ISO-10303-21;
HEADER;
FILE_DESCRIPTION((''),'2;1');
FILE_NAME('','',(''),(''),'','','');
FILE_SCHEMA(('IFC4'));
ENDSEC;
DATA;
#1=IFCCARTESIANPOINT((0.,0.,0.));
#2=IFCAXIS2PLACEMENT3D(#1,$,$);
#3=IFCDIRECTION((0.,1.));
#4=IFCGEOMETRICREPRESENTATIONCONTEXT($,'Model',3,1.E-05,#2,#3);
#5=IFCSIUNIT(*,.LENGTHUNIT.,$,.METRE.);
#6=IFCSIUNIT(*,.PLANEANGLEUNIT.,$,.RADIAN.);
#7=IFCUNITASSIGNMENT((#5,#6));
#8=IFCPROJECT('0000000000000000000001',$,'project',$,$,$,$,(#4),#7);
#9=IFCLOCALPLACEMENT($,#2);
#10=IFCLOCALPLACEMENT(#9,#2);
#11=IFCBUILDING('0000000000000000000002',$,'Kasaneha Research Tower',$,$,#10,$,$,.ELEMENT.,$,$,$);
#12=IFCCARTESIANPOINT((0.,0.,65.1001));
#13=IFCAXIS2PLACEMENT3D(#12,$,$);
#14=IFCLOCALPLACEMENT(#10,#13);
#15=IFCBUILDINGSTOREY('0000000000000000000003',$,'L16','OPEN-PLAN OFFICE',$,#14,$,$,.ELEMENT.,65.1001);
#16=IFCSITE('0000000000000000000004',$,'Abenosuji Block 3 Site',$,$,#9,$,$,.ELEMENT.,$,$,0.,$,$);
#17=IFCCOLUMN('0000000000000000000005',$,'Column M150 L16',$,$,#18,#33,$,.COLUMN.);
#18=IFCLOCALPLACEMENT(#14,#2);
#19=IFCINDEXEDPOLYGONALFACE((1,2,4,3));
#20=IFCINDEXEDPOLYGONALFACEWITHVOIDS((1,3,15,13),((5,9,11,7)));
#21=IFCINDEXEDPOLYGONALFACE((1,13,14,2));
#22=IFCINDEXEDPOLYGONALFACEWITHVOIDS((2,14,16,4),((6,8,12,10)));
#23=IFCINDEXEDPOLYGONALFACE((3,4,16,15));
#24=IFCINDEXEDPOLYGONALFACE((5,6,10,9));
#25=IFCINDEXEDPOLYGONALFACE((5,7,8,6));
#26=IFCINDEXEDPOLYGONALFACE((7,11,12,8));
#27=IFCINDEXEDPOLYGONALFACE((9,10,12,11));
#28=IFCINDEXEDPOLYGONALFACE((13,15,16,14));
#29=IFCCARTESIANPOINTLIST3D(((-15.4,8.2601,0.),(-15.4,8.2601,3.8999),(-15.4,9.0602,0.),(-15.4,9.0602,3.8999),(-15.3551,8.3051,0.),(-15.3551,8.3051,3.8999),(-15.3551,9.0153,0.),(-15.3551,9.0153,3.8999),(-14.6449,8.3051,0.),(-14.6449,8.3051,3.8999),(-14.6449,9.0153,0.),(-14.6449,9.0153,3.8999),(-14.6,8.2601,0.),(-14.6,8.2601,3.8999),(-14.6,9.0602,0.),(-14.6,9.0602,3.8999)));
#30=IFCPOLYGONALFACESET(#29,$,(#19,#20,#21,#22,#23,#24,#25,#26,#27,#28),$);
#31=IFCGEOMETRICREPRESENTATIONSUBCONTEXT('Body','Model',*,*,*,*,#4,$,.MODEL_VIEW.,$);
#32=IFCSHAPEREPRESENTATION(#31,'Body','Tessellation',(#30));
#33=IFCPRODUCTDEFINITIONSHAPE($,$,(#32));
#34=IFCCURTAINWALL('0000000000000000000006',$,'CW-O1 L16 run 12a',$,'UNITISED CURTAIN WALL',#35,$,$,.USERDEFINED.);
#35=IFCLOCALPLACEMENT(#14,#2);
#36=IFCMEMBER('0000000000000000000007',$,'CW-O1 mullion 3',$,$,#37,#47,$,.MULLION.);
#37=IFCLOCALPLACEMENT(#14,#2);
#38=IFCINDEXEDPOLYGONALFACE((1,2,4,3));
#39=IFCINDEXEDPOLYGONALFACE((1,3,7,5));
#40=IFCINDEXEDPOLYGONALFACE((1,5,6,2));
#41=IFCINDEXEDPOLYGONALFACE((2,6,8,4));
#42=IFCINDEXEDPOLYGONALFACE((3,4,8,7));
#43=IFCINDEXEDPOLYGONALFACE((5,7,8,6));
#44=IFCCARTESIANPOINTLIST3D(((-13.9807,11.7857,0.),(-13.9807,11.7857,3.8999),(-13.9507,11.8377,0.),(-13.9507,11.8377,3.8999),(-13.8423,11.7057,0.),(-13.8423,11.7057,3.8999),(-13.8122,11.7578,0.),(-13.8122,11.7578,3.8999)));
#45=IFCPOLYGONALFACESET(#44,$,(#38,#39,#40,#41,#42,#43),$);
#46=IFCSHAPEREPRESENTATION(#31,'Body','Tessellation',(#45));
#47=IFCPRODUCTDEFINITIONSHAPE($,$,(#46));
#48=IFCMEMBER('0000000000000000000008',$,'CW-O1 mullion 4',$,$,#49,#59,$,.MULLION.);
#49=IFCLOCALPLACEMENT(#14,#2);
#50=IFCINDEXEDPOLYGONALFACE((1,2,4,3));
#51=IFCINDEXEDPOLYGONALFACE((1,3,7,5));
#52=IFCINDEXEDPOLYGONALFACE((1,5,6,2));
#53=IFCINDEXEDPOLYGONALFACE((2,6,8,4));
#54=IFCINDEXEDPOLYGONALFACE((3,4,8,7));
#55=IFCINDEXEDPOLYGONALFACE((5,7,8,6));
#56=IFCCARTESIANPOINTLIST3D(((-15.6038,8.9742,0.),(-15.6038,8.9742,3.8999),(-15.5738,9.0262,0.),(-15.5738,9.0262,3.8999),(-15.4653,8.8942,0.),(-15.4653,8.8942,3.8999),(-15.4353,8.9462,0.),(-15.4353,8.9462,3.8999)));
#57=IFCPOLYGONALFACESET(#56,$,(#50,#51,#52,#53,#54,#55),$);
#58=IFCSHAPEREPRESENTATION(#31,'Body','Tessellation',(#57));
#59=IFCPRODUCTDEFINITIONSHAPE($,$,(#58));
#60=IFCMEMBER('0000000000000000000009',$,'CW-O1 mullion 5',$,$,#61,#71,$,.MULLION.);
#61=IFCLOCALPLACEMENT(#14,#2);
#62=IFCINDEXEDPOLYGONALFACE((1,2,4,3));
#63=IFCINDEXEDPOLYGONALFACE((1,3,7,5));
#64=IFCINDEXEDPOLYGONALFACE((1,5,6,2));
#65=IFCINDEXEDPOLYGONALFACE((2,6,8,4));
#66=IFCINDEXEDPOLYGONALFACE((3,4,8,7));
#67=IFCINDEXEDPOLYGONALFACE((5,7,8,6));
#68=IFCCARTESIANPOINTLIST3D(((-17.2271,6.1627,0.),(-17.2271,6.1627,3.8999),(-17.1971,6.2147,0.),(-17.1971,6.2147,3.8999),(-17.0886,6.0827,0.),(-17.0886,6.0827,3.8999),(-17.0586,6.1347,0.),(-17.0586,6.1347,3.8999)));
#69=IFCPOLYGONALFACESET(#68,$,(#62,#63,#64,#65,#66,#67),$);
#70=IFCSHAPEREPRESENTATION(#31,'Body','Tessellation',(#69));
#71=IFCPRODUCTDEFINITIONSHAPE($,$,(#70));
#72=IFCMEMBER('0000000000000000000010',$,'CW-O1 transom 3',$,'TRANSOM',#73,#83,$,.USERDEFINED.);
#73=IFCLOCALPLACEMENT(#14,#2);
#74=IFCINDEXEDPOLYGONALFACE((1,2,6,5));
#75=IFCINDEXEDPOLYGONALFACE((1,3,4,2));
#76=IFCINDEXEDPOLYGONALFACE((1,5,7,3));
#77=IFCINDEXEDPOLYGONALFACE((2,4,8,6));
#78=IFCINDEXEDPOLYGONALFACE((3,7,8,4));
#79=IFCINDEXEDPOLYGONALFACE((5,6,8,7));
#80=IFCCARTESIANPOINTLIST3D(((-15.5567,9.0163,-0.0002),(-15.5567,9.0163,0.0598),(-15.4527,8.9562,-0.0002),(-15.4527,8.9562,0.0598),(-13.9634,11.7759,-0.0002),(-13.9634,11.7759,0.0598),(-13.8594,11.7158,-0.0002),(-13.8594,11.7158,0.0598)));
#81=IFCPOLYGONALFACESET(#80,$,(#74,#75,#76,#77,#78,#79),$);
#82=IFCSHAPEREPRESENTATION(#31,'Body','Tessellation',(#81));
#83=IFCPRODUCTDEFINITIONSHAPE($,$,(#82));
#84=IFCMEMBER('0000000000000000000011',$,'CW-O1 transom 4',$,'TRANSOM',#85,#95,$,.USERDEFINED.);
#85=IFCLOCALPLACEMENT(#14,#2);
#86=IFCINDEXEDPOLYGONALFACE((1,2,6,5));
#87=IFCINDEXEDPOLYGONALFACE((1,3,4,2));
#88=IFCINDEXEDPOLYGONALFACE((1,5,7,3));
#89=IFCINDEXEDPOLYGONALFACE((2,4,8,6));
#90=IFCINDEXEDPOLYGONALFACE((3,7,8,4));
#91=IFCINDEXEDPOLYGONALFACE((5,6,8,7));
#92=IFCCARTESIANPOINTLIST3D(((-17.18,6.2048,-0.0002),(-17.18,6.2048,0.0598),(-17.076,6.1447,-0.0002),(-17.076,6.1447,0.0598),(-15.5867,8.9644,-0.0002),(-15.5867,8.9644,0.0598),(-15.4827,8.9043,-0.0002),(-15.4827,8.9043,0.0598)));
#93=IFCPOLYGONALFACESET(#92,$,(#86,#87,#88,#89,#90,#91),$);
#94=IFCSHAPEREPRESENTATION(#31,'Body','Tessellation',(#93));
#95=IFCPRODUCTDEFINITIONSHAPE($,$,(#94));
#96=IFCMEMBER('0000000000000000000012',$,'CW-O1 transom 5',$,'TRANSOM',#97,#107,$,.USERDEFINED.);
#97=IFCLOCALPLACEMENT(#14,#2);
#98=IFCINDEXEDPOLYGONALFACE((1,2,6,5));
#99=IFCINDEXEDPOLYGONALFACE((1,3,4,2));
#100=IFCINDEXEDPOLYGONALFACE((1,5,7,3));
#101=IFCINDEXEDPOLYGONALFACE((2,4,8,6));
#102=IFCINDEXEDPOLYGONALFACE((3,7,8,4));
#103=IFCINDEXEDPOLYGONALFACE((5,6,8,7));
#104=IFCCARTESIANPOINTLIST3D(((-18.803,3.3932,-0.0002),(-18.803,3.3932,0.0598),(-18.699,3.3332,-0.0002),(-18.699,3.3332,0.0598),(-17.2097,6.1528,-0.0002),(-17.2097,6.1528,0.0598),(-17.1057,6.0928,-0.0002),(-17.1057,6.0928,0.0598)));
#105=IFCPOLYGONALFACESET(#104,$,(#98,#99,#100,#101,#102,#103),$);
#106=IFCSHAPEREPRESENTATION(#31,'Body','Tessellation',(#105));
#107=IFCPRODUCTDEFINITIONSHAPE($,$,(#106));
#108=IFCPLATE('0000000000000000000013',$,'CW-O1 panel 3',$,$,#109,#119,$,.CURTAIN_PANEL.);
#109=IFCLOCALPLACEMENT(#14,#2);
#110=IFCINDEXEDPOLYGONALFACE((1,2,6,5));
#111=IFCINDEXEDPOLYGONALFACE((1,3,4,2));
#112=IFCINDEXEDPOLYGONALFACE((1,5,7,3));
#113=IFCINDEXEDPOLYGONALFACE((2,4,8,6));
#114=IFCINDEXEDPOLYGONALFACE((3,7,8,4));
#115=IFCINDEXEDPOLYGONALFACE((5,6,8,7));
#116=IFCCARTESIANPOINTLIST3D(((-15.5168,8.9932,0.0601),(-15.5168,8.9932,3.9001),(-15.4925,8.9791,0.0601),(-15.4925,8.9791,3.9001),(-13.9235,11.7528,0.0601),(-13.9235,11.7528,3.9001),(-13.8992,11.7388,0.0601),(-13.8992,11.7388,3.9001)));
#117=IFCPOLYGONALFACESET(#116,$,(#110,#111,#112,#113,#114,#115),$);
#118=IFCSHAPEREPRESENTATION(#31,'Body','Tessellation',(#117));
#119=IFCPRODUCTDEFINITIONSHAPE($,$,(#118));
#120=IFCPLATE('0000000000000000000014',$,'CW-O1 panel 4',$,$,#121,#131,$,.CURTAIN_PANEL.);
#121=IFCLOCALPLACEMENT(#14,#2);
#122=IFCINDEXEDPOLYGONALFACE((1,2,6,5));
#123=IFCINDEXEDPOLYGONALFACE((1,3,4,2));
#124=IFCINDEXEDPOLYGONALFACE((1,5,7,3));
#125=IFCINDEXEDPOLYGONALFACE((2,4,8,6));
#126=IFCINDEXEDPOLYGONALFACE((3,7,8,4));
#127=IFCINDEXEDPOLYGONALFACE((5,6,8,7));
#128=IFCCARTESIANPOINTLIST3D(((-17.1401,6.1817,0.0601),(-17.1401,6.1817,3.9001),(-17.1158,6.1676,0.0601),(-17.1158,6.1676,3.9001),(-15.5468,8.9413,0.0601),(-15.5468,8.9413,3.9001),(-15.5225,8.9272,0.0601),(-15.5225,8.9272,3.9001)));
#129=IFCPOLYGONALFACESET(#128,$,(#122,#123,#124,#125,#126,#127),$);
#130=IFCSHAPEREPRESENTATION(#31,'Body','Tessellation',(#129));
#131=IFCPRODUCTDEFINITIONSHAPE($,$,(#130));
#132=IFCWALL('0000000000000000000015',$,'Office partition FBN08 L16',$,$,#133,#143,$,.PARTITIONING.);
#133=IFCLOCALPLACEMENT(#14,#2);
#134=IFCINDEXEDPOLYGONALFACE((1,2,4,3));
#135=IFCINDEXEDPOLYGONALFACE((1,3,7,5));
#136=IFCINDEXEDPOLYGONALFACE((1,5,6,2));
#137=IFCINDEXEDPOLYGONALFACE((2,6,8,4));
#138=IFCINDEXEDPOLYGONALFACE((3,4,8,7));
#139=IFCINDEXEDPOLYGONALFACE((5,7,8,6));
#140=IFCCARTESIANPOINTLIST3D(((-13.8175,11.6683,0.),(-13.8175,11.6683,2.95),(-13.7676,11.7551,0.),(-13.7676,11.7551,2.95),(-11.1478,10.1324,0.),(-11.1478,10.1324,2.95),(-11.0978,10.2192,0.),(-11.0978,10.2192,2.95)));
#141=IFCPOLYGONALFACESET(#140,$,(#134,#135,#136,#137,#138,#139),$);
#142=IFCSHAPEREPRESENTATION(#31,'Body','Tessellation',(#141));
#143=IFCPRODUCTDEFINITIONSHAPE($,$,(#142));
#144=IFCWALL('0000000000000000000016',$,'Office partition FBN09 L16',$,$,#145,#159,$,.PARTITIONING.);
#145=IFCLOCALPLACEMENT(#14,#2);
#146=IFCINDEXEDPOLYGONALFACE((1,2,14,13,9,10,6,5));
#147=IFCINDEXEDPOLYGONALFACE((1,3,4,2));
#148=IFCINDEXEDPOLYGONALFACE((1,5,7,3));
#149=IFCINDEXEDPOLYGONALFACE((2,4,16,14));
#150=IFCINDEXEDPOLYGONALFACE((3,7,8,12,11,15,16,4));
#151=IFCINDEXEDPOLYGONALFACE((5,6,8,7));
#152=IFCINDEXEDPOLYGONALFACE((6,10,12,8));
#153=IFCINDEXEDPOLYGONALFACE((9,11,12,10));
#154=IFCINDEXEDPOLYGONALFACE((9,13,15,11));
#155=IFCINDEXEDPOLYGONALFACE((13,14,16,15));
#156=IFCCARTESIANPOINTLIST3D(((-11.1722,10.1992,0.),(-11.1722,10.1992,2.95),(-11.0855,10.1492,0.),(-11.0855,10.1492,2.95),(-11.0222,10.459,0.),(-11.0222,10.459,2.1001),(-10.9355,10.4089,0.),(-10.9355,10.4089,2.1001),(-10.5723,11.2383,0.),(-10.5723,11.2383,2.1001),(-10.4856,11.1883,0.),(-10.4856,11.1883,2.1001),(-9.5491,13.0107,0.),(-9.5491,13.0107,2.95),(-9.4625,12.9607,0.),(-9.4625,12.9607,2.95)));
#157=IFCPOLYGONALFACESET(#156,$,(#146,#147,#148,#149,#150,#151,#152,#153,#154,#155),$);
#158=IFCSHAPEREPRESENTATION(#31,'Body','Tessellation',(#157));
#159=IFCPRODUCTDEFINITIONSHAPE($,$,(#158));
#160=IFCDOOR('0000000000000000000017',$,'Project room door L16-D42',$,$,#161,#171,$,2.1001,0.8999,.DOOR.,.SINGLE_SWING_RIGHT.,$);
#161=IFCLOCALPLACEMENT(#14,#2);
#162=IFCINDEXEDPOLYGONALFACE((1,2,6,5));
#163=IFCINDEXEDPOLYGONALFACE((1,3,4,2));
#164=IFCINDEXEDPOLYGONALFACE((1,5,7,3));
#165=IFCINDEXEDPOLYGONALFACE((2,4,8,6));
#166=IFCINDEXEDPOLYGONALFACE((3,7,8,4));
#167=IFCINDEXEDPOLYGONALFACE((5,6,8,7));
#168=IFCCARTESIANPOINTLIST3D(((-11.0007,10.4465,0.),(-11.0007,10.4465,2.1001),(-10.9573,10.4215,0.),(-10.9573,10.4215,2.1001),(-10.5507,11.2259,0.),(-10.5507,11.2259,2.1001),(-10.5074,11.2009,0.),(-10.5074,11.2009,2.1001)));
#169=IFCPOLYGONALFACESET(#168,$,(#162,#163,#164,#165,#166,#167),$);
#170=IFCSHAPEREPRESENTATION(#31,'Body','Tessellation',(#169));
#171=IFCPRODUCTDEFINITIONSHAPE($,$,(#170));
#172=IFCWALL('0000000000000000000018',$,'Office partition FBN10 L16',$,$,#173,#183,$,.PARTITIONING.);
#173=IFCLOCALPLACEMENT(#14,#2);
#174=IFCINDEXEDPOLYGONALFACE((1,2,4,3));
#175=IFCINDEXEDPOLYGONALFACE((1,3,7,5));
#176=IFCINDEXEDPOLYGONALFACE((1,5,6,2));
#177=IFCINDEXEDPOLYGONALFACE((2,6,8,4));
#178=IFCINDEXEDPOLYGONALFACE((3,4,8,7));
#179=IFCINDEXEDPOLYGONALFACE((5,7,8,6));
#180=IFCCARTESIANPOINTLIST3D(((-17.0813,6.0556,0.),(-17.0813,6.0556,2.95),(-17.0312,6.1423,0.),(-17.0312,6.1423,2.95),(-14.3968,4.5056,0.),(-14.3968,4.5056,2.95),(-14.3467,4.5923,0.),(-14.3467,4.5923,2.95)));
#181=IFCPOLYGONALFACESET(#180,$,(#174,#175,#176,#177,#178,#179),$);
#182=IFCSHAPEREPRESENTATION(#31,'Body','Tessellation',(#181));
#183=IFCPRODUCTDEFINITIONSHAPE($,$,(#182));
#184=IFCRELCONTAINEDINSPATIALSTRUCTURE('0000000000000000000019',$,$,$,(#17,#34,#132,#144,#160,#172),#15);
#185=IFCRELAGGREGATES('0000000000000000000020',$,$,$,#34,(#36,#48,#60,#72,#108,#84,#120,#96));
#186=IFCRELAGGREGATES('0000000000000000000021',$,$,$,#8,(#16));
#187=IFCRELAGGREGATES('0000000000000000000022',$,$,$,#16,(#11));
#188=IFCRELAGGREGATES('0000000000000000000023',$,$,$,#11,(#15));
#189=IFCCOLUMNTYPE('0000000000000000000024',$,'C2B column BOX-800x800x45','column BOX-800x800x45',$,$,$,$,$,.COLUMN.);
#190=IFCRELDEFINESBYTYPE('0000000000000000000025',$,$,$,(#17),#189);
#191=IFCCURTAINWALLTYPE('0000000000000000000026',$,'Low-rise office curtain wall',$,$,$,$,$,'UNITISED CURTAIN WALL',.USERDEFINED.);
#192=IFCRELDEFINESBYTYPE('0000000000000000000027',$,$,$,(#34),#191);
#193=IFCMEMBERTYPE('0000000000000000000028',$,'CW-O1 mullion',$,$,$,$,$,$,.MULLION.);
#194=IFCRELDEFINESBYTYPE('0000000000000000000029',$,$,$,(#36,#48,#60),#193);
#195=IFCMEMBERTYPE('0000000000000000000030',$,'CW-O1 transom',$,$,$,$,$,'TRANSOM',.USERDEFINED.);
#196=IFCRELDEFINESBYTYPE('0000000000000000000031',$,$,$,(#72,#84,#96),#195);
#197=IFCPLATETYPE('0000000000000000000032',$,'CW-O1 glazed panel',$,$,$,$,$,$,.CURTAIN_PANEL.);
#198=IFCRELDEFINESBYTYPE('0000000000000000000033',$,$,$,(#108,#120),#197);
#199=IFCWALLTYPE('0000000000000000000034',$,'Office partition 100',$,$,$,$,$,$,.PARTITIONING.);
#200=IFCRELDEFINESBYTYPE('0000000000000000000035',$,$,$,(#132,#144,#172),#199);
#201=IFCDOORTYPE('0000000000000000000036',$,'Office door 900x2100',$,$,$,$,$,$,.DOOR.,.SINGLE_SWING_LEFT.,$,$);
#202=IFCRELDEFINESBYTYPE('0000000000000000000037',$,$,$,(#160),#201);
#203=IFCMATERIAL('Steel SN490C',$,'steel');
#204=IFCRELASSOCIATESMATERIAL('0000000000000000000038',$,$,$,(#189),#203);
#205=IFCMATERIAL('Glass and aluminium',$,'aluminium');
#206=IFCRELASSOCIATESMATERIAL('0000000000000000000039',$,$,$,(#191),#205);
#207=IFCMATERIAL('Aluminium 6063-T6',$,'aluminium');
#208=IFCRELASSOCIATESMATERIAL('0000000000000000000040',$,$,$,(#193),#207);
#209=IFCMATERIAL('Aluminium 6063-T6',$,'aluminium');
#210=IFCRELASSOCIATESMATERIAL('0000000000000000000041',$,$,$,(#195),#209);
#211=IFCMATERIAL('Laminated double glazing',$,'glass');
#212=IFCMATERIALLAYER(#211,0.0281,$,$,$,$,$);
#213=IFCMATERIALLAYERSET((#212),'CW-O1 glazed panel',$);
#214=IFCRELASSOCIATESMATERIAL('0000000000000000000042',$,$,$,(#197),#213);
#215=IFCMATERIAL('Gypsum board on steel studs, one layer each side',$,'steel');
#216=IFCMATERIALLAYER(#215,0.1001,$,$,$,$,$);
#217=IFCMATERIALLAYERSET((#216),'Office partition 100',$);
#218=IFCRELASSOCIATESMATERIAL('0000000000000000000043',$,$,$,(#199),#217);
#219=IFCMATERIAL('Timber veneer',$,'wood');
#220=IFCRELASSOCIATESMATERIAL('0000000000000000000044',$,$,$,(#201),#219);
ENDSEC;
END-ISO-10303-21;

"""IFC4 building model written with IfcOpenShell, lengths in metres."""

from ifc_helpers import new_model, si_unit, direction, frame, frame_2d, origin, origin_2d, place, context, subcontext, project, spatial, rectangle, hollow_rectangle, extrude, material, layer, layer_set, material_profile, profile_set, type_object, element, fill, aggregate, save


model = new_model("IFC4")

# Units and contexts
model_context = context("Model", 3, precision=1e-05, world=origin(), true_north=direction((0.0, 1.0)))
body_context = subcontext(model_context, "Body", "Model", "MODEL_VIEW")
ifc_project = project(units=[si_unit("LENGTHUNIT", "METRE"), si_unit("PLANEANGLEUNIT", "RADIAN")], contexts=[model_context])

# Site, building, storey
site_placement = place(None, origin())
site = spatial("IfcSite", under=ifc_project, at=site_placement, Name="Abenosuji Block 3 Site", CompositionType="ELEMENT", RefElevation=0.0)
building_placement = place(site_placement, origin())
building = spatial("IfcBuilding", under=site, at=building_placement, Name="Kasaneha Research Tower", CompositionType="ELEMENT")
storey_placement = place(building_placement, frame((0.0, 0.0, 65.1001)))
storey = spatial("IfcBuildingStorey", under=building, at=storey_placement, Name="L16", Description="OPEN-PLAN OFFICE", CompositionType="ELEMENT", Elevation=65.1001)

# Column
ifc_material_1 = material(Name="Steel SN490C", Category="steel")
ifc_material_profile_1 = material_profile(ifc_material_1, hollow_rectangle(XDim=0.8, YDim=0.8, WallThickness=0.0449, at=origin_2d()), Name="BOX-800x800x45")
ifc_profile_set_1 = profile_set([ifc_material_profile_1], Name="Steel SN490C")
column_type = type_object("IfcColumnType", Name="C2B column BOX-800x800x45", Description="column BOX-800x800x45", PredefinedType="COLUMN", material=ifc_profile_set_1)
column_placement = place(storey_placement, frame((-15.0, 8.6602, 0.0), z_axis=(0.0, 0.0, 1.0), x_axis=(1.0, 0.0, 0.0)))
element("IfcColumn", 1, at=column_placement, inside=storey, type_object=column_type, Name="Column M150 L16", PredefinedType="COLUMN", context=body_context, shape_type="SweptSolid", body=[
    extrude(hollow_rectangle(XDim=0.8, YDim=0.8, WallThickness=0.0449, at=origin_2d()), origin(), (0.0, 0.0, 1.0), 3.8999),
])

# Curtain wall, members, plates
ifc_material_2 = material(Name="Glass and aluminium", Category="aluminium")
curtain_wall_type = type_object("IfcCurtainWallType", Name="Low-rise office curtain wall", ElementType="UNITISED CURTAIN WALL", PredefinedType="USERDEFINED", material=ifc_material_2)
curtain_wall_placement = place(storey_placement, origin())
curtain_wall = element("IfcCurtainWall", 2, at=curtain_wall_placement, inside=storey, type_object=curtain_wall_type, Name="CW-O1 L16 run 12a", ObjectType="UNITISED CURTAIN WALL", PredefinedType="USERDEFINED")
ifc_material_3 = material(Name="Aluminium 6063-T6", Category="aluminium")
ifc_material_profile_2 = material_profile(ifc_material_3, rectangle(XDim=0.0601, YDim=0.1599, at=origin_2d()), Name="CW-O1 mullion 60x160")
ifc_profile_set_2 = profile_set([ifc_material_profile_2], Name="Aluminium 6063-T6")
member_type_1 = type_object("IfcMemberType", Name="CW-O1 mullion", PredefinedType="MULLION", material=ifc_profile_set_2)
member_1_placement = place(storey_placement, frame((-13.8965, 11.7717, 0.0), z_axis=(0.0, 0.0, 1.0), x_axis=(-0.5, -0.866025, 0.0)))
member_1 = element("IfcMember", 3, at=member_1_placement, type_object=member_type_1, Name="CW-O1 mullion 3", PredefinedType="MULLION", context=body_context, shape_type="SweptSolid", body=[
    extrude(rectangle(XDim=0.0601, YDim=0.1599, at=origin_2d()), origin(), (0.0, 0.0, 1.0), 3.8999),
])
member_2_placement = place(storey_placement, frame((-15.5195, 8.9602, 0.0), z_axis=(0.0, 0.0, 1.0), x_axis=(-0.5, -0.866025, 0.0)))
member_2 = element("IfcMember", 4, at=member_2_placement, type_object=member_type_1, Name="CW-O1 mullion 4", PredefinedType="MULLION", context=body_context, shape_type="SweptSolid", body=[
    extrude(rectangle(XDim=0.0601, YDim=0.1599, at=origin_2d()), origin(), (0.0, 0.0, 1.0), 3.8999),
])
member_3_placement = place(storey_placement, frame((-17.1428, 6.1487, 0.0), z_axis=(0.0, 0.0, 1.0), x_axis=(-0.5, -0.866025, 0.0)))
member_3 = element("IfcMember", 5, at=member_3_placement, type_object=member_type_1, Name="CW-O1 mullion 5", PredefinedType="MULLION", context=body_context, shape_type="SweptSolid", body=[
    extrude(rectangle(XDim=0.0601, YDim=0.1599, at=origin_2d()), origin(), (0.0, 0.0, 1.0), 3.8999),
])
ifc_material_4 = material(Name="Aluminium 6063-T6", Category="aluminium")
ifc_material_profile_3 = material_profile(ifc_material_4, rectangle(XDim=0.1201, YDim=0.0601, at=origin_2d()), Name="CW-O1 transom 120x60")
ifc_profile_set_3 = profile_set([ifc_material_profile_3], Name="Aluminium 6063-T6")
member_type_2 = type_object("IfcMemberType", Name="CW-O1 transom", ElementType="TRANSOM", PredefinedType="USERDEFINED", material=ifc_profile_set_3)
member_4_placement = place(storey_placement, frame((-13.9114, 11.7458, 0.0298), z_axis=(-0.500012, -0.866018, 0.0), x_axis=(0.866018, -0.500012, 0.0)))
member_4 = element("IfcMember", 6, at=member_4_placement, type_object=member_type_2, Name="CW-O1 transom 3", ObjectType="TRANSOM", PredefinedType="USERDEFINED", context=body_context, shape_type="SweptSolid", body=[
    extrude(rectangle(XDim=0.1201, YDim=0.0601, at=origin_2d()), origin(), (0.0, 0.0, 1.0), 3.1865),
])
member_5_placement = place(storey_placement, frame((-15.5347, 8.9343, 0.0298), z_axis=(-0.500012, -0.866018, 0.0), x_axis=(0.866018, -0.500012, 0.0)))
member_5 = element("IfcMember", 7, at=member_5_placement, type_object=member_type_2, Name="CW-O1 transom 4", ObjectType="TRANSOM", PredefinedType="USERDEFINED", context=body_context, shape_type="SweptSolid", body=[
    extrude(rectangle(XDim=0.1201, YDim=0.0601, at=origin_2d()), origin(), (0.0, 0.0, 1.0), 3.1865),
])
member_6_placement = place(storey_placement, frame((-17.1577, 6.1228, 0.0298), z_axis=(-0.500012, -0.866018, 0.0), x_axis=(0.866018, -0.500012, 0.0)))
member_6 = element("IfcMember", 8, at=member_6_placement, type_object=member_type_2, Name="CW-O1 transom 5", ObjectType="TRANSOM", PredefinedType="USERDEFINED", context=body_context, shape_type="SweptSolid", body=[
    extrude(rectangle(XDim=0.1201, YDim=0.0601, at=origin_2d()), origin(), (0.0, 0.0, 1.0), 3.1865),
])
ifc_material_5 = material(Name="Laminated double glazing", Category="glass")
ifc_layer_1 = layer(ifc_material_5, 0.0281)
ifc_layer_set_1 = layer_set([ifc_layer_1], Name="CW-O1 glazed panel")
plate_type = type_object("IfcPlateType", Name="CW-O1 glazed panel", PredefinedType="CURTAIN_PANEL", material=ifc_layer_set_1)
plate_1_placement = place(storey_placement, frame((-14.708, 10.366, 0.0601), z_axis=(0.0, 0.0, 1.0), x_axis=(-0.5, -0.866025, 0.0)))
plate_1 = element("IfcPlate", 9, at=plate_1_placement, type_object=plate_type, Name="CW-O1 panel 3", PredefinedType="CURTAIN_PANEL", context=body_context, shape_type="SweptSolid", body=[
    extrude(rectangle(XDim=3.1865, YDim=0.0281, at=origin_2d()), origin(), (0.0, 0.0, 1.0), 3.8401),
])
plate_2_placement = place(storey_placement, frame((-16.3313, 7.5544, 0.0601), z_axis=(0.0, 0.0, 1.0), x_axis=(-0.5, -0.866025, 0.0)))
plate_2 = element("IfcPlate", 10, at=plate_2_placement, type_object=plate_type, Name="CW-O1 panel 4", PredefinedType="CURTAIN_PANEL", context=body_context, shape_type="SweptSolid", body=[
    extrude(rectangle(XDim=3.1865, YDim=0.0281, at=origin_2d()), origin(), (0.0, 0.0, 1.0), 3.8401),
])
aggregate(curtain_wall, [member_1, member_2, member_3, member_4, plate_1, member_5, plate_2, member_6])

# Wall
ifc_material_6 = material(Name="Gypsum board on steel studs, one layer each side", Category="steel")
ifc_layer_2 = layer(ifc_material_6, 0.1001)
ifc_layer_set_2 = layer_set([ifc_layer_2], Name="Office partition 100")
wall_type_1 = type_object("IfcWallType", Name="Office partition 100", PredefinedType="PARTITIONING", material=ifc_layer_set_2)
wall_1_placement = place(storey_placement, frame((-11.1228, 10.1758, 0.0), z_axis=(0.0, 0.0, 1.0), x_axis=(-0.866791, 0.498672, 0.0)))
element("IfcWall", 11, at=wall_1_placement, inside=storey, type_object=wall_type_1, Name="Office partition FBN08 L16", PredefinedType="PARTITIONING", context=body_context, shape_type="SweptSolid", body=[
    extrude(rectangle(XDim=3.0801, YDim=0.1001, at=frame_2d((1.54, 0.0))), origin(), (0.0, 0.0, 1.0), 2.95),
])

# Wall, opening, door
wall_2_placement = place(storey_placement, frame((-9.5059, 12.9856, 0.0), z_axis=(0.0, 0.0, 1.0), x_axis=(-0.499957, -0.86605, 0.0)))
wall_2 = element("IfcWall", 12, at=wall_2_placement, inside=storey, type_object=wall_type_1, Name="Office partition FBN09 L16", PredefinedType="PARTITIONING", context=body_context, shape_type="SweptSolid", body=[
    extrude(rectangle(XDim=3.2463, YDim=0.1001, at=frame_2d((1.623, 0.0))), origin(), (0.0, 0.0, 1.0), 2.95),
])
opening_1_placement = place(wall_2_placement, frame((2.0464, 0.0, 0.0)))
opening_1 = element("IfcOpeningElement", 13, at=opening_1_placement, cuts=wall_2, PredefinedType="OPENING", context=body_context, shape_type="SweptSolid", body=[
    extrude(rectangle(XDim=0.8999, YDim=2.1001, at=frame_2d((0.45, 1.05))), frame((0.0, 0.0601, 0.0), z_axis=(0.0, -1.0, 0.0), x_axis=(1.0, 0.0, 0.0)), (0.0, 0.0, 1.0), 0.1201),
])
ifc_material_7 = material(Name="Timber veneer", Category="wood")
door_type_1 = type_object("IfcDoorType", Name="Office door 900x2100", OperationType="SINGLE_SWING_LEFT", PredefinedType="DOOR", material=ifc_material_7)
door_1_placement = place(opening_1_placement, origin())
door_1 = element("IfcDoor", 14, at=door_1_placement, inside=storey, type_object=door_type_1, Name="Project room door L16-D42", OperationType="SINGLE_SWING_RIGHT", OverallHeight=2.1001, OverallWidth=0.8999, PredefinedType="DOOR", context=body_context, shape_type="SweptSolid", body=[
    extrude(rectangle(XDim=0.8999, YDim=2.1001, at=frame_2d((0.45, 1.05))), frame((0.0, 0.0249, 0.0), z_axis=(0.0, -1.0, 0.0), x_axis=(1.0, 0.0, 0.0)), (0.0, 0.0, 1.0), 0.05),
])
fill(opening_1, door_1)

# Wall
wall_3_placement = place(storey_placement, frame((-17.0562, 6.0989, 0.0), z_axis=(0.0, 0.0, 1.0), x_axis=(0.86601, -0.500027, 0.0)))
element("IfcWall", 15, at=wall_3_placement, inside=storey, type_object=wall_type_1, Name="Office partition FBN10 L16", PredefinedType="PARTITIONING", context=body_context, shape_type="SweptSolid", body=[
    extrude(rectangle(XDim=3.0999, YDim=0.1001, at=frame_2d((1.5498, 0.0))), origin(), (0.0, 0.0, 1.0), 2.95),
])

save(model, "model.ifc")
